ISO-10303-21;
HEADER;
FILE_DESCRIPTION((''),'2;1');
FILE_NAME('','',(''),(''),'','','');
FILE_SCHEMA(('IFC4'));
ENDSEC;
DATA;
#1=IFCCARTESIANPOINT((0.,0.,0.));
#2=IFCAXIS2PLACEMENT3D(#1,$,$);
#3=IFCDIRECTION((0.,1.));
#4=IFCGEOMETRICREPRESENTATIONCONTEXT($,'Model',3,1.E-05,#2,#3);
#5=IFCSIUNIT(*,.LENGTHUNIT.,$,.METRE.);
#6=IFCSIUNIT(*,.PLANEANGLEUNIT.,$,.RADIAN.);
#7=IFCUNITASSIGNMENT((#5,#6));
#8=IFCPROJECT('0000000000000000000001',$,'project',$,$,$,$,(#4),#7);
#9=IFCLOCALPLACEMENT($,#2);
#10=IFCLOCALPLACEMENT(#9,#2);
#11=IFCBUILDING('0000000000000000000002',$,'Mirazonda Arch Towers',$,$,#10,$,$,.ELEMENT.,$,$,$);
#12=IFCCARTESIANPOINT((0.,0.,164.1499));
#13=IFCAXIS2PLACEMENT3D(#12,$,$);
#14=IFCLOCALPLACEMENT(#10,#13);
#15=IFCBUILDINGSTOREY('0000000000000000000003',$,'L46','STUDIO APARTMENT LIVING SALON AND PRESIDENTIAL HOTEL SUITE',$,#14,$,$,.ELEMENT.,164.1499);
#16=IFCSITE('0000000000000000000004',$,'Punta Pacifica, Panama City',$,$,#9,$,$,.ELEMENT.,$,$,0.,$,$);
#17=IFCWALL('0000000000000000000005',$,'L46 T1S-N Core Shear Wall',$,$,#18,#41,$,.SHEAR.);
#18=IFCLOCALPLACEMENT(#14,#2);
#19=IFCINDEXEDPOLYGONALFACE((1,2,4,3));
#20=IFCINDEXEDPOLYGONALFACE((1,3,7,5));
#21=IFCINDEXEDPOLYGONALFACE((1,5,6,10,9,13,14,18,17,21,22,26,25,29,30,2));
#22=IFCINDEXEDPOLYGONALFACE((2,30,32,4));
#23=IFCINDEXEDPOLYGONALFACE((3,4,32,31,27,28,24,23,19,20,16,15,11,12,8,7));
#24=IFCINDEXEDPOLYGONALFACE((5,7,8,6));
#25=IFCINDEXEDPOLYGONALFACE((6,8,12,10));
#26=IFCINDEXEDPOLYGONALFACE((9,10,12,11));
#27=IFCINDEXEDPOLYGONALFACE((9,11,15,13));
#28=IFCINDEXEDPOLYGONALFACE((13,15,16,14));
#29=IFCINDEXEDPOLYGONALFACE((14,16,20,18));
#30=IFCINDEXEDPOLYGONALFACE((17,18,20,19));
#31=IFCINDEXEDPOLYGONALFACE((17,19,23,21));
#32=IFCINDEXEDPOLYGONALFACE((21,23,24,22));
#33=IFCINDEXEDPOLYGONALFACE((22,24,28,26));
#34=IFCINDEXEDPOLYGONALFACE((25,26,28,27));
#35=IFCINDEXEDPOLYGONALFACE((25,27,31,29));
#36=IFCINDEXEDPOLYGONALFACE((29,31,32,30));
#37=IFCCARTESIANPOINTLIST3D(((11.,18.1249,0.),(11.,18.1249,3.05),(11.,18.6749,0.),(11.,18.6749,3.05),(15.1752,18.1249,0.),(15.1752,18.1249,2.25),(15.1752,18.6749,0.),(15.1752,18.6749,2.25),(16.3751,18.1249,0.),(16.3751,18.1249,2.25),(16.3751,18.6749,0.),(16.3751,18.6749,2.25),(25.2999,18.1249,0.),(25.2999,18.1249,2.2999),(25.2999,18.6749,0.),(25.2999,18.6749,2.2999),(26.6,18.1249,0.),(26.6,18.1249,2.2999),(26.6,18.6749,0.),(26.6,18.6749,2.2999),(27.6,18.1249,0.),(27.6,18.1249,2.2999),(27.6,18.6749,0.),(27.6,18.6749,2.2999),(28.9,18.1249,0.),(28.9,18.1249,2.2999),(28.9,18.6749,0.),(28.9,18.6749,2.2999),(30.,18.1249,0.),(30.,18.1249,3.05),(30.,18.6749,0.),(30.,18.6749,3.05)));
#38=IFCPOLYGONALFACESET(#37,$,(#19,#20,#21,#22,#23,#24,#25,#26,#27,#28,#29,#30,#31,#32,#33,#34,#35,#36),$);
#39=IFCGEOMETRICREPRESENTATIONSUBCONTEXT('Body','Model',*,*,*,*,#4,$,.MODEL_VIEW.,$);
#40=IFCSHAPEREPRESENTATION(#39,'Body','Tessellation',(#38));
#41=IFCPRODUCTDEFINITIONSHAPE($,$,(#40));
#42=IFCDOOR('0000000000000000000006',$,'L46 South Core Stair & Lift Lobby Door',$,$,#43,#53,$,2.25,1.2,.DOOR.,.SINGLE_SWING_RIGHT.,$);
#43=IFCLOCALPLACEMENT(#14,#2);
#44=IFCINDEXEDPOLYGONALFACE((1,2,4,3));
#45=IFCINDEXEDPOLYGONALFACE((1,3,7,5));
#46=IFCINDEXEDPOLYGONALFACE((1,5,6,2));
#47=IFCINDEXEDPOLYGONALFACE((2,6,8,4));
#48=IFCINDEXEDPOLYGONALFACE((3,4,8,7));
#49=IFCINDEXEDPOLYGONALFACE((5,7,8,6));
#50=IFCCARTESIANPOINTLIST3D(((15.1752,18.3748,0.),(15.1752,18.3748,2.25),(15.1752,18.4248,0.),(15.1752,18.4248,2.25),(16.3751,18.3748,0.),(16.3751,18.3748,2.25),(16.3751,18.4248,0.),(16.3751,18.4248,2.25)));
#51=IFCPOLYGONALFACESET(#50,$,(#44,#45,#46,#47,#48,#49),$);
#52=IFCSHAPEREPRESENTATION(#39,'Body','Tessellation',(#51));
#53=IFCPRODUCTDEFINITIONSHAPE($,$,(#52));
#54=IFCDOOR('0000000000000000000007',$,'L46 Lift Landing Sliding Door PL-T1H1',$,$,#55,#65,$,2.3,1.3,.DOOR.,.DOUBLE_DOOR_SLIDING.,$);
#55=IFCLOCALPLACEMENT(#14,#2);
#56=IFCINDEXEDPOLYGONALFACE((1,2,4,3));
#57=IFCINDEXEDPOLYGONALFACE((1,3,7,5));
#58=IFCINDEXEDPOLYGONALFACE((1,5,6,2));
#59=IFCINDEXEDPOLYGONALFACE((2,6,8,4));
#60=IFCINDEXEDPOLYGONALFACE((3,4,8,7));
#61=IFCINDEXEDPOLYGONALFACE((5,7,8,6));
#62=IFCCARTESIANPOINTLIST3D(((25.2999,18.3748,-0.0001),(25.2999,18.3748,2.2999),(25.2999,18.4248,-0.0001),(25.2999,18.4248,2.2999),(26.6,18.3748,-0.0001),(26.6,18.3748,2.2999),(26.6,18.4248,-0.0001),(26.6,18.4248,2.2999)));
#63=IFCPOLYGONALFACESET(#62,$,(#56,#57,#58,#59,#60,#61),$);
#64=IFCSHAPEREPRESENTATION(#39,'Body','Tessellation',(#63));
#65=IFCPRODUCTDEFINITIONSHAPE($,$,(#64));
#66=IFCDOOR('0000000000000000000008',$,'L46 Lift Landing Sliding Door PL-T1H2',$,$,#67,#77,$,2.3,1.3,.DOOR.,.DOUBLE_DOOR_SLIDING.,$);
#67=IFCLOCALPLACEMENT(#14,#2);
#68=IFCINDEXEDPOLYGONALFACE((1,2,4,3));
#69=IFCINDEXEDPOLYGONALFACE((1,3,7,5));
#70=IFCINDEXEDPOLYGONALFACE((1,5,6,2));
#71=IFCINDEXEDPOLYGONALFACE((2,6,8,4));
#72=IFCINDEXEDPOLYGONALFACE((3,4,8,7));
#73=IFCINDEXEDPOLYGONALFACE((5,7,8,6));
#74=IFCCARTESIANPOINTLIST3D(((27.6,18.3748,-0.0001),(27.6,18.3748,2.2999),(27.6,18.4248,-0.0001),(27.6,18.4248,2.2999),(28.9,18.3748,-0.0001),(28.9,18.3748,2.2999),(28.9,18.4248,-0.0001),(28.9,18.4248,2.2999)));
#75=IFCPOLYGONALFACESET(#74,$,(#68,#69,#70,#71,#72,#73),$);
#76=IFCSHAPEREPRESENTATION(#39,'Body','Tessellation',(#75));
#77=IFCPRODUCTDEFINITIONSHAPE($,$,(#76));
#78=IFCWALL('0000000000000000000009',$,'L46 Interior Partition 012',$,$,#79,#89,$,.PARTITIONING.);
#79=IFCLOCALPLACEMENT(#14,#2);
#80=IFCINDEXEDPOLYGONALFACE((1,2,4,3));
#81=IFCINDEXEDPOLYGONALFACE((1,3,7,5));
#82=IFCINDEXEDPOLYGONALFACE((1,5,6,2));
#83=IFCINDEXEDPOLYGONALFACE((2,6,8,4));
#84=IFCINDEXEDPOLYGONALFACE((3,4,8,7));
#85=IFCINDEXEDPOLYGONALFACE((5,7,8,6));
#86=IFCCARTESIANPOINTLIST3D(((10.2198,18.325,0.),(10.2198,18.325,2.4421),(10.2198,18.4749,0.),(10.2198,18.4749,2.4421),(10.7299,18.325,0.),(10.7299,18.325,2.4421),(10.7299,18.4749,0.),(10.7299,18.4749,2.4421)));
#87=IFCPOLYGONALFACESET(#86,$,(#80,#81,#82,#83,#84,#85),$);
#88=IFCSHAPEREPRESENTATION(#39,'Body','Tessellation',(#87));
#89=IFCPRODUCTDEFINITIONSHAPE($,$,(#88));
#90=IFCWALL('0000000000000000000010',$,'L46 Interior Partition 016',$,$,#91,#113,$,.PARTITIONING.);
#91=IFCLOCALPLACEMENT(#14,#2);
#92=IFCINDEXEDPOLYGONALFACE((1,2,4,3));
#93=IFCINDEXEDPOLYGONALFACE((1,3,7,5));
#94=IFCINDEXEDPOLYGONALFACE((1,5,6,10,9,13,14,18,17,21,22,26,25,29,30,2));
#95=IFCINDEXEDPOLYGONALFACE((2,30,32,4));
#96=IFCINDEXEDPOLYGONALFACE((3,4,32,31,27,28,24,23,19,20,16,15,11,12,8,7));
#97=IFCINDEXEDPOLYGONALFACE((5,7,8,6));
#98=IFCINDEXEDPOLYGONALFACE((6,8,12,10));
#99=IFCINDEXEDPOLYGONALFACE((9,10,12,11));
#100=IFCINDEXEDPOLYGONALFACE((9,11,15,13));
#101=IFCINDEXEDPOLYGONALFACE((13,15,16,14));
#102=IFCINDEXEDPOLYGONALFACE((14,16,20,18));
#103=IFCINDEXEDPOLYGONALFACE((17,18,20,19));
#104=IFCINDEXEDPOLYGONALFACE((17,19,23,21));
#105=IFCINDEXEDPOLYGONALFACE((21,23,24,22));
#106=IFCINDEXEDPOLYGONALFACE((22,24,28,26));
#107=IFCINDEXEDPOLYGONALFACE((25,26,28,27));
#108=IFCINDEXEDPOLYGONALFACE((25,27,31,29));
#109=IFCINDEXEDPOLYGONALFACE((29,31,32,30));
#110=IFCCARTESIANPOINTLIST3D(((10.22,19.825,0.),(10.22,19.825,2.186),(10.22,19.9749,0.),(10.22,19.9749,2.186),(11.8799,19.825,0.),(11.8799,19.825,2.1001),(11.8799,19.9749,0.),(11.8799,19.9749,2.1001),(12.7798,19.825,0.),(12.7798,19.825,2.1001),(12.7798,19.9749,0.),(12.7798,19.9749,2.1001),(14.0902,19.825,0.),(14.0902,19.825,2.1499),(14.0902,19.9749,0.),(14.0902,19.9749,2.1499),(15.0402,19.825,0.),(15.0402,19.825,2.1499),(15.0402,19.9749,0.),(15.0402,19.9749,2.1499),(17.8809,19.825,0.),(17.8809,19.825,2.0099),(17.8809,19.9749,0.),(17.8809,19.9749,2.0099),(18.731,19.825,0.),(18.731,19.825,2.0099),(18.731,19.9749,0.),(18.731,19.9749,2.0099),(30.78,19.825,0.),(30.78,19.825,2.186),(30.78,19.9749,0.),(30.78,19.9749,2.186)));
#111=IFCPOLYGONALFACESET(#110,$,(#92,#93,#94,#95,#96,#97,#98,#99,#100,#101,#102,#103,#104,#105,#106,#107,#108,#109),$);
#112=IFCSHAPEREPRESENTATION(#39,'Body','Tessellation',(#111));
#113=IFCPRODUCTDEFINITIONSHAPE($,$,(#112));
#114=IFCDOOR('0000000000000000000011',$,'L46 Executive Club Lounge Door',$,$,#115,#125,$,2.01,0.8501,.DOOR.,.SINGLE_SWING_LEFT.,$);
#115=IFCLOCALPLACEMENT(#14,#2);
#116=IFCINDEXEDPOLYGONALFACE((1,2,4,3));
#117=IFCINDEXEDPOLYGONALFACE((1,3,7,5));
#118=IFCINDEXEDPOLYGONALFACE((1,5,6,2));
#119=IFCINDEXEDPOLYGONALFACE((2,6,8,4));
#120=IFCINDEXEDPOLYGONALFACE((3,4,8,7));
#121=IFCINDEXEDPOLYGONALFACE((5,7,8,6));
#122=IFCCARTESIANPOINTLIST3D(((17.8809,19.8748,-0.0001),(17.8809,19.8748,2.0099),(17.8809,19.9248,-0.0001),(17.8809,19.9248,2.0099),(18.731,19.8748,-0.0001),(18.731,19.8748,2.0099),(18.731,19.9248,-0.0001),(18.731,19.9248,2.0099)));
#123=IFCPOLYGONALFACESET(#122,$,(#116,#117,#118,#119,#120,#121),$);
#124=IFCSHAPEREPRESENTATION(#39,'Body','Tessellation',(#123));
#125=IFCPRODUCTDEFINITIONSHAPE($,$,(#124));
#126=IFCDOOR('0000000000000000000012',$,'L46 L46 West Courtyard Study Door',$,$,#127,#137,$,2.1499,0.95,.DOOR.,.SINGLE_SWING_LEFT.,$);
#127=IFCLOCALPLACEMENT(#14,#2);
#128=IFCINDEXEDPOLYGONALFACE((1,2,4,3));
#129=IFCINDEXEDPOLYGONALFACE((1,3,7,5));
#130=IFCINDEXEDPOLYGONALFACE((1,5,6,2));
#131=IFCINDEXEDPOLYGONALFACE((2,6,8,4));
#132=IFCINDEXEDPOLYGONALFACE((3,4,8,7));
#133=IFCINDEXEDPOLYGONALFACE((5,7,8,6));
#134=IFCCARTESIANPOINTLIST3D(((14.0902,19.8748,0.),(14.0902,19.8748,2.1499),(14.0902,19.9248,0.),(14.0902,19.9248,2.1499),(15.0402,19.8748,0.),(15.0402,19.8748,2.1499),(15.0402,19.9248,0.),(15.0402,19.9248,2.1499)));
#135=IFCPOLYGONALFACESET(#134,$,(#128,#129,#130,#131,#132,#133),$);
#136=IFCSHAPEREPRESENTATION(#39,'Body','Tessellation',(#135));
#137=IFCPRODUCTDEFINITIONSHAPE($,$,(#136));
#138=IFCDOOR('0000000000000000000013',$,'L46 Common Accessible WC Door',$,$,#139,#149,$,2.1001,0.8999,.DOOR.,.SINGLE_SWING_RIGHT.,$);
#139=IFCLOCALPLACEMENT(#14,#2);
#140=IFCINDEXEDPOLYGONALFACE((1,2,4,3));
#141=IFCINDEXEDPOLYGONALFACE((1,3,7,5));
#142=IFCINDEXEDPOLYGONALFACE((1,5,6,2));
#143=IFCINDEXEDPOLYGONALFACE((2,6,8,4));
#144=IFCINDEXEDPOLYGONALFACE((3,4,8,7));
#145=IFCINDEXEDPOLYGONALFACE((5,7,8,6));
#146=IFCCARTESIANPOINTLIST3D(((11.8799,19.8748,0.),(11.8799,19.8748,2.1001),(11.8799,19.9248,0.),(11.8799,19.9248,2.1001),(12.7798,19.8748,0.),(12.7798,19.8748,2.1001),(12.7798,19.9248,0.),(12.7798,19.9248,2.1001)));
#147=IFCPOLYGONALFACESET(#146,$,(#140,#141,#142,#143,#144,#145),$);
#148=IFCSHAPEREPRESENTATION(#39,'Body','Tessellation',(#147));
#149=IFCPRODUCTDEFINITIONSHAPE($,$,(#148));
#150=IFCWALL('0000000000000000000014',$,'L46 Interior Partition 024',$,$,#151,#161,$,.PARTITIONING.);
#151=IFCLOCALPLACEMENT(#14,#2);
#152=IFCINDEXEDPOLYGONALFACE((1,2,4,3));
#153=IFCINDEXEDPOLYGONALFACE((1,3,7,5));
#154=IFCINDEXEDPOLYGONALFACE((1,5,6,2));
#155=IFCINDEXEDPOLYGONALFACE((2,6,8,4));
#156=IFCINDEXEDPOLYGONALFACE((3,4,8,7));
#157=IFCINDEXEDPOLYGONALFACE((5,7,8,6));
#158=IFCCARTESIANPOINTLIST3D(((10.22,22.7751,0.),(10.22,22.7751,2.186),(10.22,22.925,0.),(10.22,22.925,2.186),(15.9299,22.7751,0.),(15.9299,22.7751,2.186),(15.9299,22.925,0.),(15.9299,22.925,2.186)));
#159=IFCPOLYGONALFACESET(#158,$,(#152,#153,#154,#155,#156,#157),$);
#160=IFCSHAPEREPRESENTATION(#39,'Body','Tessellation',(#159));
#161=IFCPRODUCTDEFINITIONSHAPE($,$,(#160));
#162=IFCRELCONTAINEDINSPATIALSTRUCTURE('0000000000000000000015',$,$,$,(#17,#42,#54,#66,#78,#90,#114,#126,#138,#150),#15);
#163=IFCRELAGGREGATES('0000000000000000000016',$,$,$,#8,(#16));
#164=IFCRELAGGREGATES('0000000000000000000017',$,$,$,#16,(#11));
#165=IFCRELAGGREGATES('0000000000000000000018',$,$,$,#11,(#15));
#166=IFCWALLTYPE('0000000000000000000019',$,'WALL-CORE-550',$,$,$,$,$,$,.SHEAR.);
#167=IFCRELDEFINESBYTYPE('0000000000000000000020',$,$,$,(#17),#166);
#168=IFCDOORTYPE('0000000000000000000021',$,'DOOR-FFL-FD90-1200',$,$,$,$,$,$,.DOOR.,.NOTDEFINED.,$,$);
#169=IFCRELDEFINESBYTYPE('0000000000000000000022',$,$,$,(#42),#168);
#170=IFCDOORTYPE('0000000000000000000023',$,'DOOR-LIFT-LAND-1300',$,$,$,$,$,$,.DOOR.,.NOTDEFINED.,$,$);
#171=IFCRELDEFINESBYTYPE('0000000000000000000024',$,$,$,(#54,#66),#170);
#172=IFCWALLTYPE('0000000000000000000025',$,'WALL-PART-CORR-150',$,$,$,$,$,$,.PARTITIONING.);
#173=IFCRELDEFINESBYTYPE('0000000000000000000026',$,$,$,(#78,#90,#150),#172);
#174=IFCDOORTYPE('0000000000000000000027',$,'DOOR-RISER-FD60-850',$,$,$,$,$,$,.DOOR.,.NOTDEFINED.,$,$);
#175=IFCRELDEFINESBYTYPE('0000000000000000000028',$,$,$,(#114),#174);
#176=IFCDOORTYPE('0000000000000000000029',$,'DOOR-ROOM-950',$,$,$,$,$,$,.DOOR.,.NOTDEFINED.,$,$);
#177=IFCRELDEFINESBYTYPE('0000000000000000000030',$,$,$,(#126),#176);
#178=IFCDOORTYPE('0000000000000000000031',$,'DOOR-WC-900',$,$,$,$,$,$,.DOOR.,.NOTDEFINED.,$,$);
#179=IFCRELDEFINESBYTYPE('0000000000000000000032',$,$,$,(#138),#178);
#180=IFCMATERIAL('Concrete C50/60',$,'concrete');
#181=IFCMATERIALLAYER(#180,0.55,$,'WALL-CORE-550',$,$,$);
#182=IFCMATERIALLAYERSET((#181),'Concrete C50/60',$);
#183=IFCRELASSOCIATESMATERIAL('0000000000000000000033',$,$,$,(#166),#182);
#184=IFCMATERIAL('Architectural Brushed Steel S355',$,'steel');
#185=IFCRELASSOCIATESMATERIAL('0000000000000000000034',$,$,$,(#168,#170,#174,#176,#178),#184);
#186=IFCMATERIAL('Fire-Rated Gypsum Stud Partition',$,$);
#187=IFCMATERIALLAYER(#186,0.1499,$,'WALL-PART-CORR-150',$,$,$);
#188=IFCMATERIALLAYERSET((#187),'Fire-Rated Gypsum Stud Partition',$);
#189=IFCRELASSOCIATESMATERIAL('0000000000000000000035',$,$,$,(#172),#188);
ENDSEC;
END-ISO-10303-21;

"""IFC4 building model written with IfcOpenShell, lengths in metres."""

from ifc_helpers import new_model, si_unit, direction, frame, frame_2d, origin, place, context, subcontext, project, spatial, rectangle, extrude, material, layer, layer_set, type_object, element, fill, save


model = new_model("IFC4")

# Units and contexts
model_context = context("Model", 3, precision=1e-05, world=origin(), true_north=direction((0.0, 1.0)))
body_context = subcontext(model_context, "Body", "Model", "MODEL_VIEW")
ifc_project = project(units=[si_unit("LENGTHUNIT", "METRE"), si_unit("PLANEANGLEUNIT", "RADIAN")], contexts=[model_context])

# Site, building, storey
site_placement = place(None, origin())
site = spatial("IfcSite", under=ifc_project, at=site_placement, Name="Punta Pacifica, Panama City", CompositionType="ELEMENT", RefElevation=0.0)
building_placement = place(site_placement, origin())
building = spatial("IfcBuilding", under=site, at=building_placement, Name="Mirazonda Arch Towers", CompositionType="ELEMENT")
storey_placement = place(building_placement, frame((0.0, 0.0, 164.1499)))
storey = spatial("IfcBuildingStorey", under=building, at=storey_placement, Name="L46", Description="STUDIO APARTMENT LIVING SALON AND PRESIDENTIAL HOTEL SUITE", CompositionType="ELEMENT", Elevation=164.1499)

# Shared definitions
ifc_material_1 = material(Name="Concrete C50/60", Category="concrete")

# Shared definitions
ifc_material_2 = material(Name="Architectural Brushed Steel S355", Category="steel")

# Wall, openings, doors
ifc_layer_1 = layer(ifc_material_1, 0.55, Name="WALL-CORE-550")
ifc_layer_set_1 = layer_set([ifc_layer_1], Name="Concrete C50/60")
wall_type_1 = type_object("IfcWallType", Name="WALL-CORE-550", PredefinedType="SHEAR", material=ifc_layer_set_1)
wall_1_placement = place(storey_placement, frame((11.0, 18.3999, 0.0), z_axis=(0.0, 0.0, 1.0), x_axis=(1.0, 0.0, 0.0)))
wall_1 = element("IfcWall", 1, at=wall_1_placement, inside=storey, type_object=wall_type_1, Name="L46 T1S-N Core Shear Wall", PredefinedType="SHEAR", context=body_context, shape_type="SweptSolid", body=[
    extrude(rectangle(XDim=19.0, YDim=0.55, at=frame_2d((9.5, 0.0))), origin(), (0.0, 0.0, 1.0), 3.05),
])
opening_1_placement = place(wall_1_placement, frame((4.175, 0.0, 0.0)))
opening_1 = element("IfcOpeningElement", 2, at=opening_1_placement, cuts=wall_1, PredefinedType="OPENING", context=body_context, shape_type="SweptSolid", body=[
    extrude(rectangle(XDim=1.2, YDim=2.25, at=frame_2d((0.6001, 1.125))), frame((0.0, 0.2849, 0.0), z_axis=(0.0, -1.0, 0.0), x_axis=(1.0, 0.0, 0.0)), (0.0, 0.0, 1.0), 0.5701),
])
opening_2_placement = place(wall_1_placement, frame((14.3, 0.0, 0.0)))
opening_2 = element("IfcOpeningElement", 3, at=opening_2_placement, cuts=wall_1, PredefinedType="OPENING", context=body_context, shape_type="SweptSolid", body=[
    extrude(rectangle(XDim=1.3, YDim=2.3, at=frame_2d((0.6499, 1.1499))), frame((0.0, 0.2849, 0.0), z_axis=(0.0, -1.0, 0.0), x_axis=(1.0, 0.0, 0.0)), (0.0, 0.0, 1.0), 0.5701),
])
opening_3_placement = place(wall_1_placement, frame((16.6001, 0.0, 0.0)))
opening_3 = element("IfcOpeningElement", 4, at=opening_3_placement, cuts=wall_1, PredefinedType="OPENING", context=body_context, shape_type="SweptSolid", body=[
    extrude(rectangle(XDim=1.3, YDim=2.3, at=frame_2d((0.6499, 1.1499))), frame((0.0, 0.2849, 0.0), z_axis=(0.0, -1.0, 0.0), x_axis=(1.0, 0.0, 0.0)), (0.0, 0.0, 1.0), 0.5701),
])
door_type_1 = type_object("IfcDoorType", Name="DOOR-FFL-FD90-1200", OperationType="NOTDEFINED", PredefinedType="DOOR", material=ifc_material_2)
door_1_placement = place(opening_1_placement, origin())
door_1 = element("IfcDoor", 5, at=door_1_placement, inside=storey, type_object=door_type_1, Name="L46 South Core Stair & Lift Lobby Door", OperationType="SINGLE_SWING_RIGHT", OverallHeight=2.25, OverallWidth=1.2, PredefinedType="DOOR", context=body_context, shape_type="SweptSolid", body=[
    extrude(rectangle(XDim=1.2, YDim=2.25, at=frame_2d((0.6001, 1.125))), frame((0.0, 0.0249, 0.0), z_axis=(0.0, -1.0, 0.0), x_axis=(1.0, 0.0, 0.0)), (0.0, 0.0, 1.0), 0.05),
])
fill(opening_1, door_1)
door_type_2 = type_object("IfcDoorType", Name="DOOR-LIFT-LAND-1300", OperationType="NOTDEFINED", PredefinedType="DOOR", material=ifc_material_2)
door_2_placement = place(opening_2_placement, origin())
door_2 = element("IfcDoor", 6, at=door_2_placement, inside=storey, type_object=door_type_2, Name="L46 Lift Landing Sliding Door PL-T1H1", OperationType="DOUBLE_DOOR_SLIDING", OverallHeight=2.3, OverallWidth=1.3, PredefinedType="DOOR", context=body_context, shape_type="SweptSolid", body=[
    extrude(rectangle(XDim=1.3, YDim=2.3, at=frame_2d((0.6499, 1.1499))), frame((0.0, 0.0249, 0.0), z_axis=(0.0, -1.0, 0.0), x_axis=(1.0, 0.0, 0.0)), (0.0, 0.0, 1.0), 0.05),
])
fill(opening_2, door_2)
door_3_placement = place(opening_3_placement, origin())
door_3 = element("IfcDoor", 7, at=door_3_placement, inside=storey, type_object=door_type_2, Name="L46 Lift Landing Sliding Door PL-T1H2", OperationType="DOUBLE_DOOR_SLIDING", OverallHeight=2.3, OverallWidth=1.3, PredefinedType="DOOR", context=body_context, shape_type="SweptSolid", body=[
    extrude(rectangle(XDim=1.3, YDim=2.3, at=frame_2d((0.6499, 1.1499))), frame((0.0, 0.0249, 0.0), z_axis=(0.0, -1.0, 0.0), x_axis=(1.0, 0.0, 0.0)), (0.0, 0.0, 1.0), 0.05),
])
fill(opening_3, door_3)

# Wall
ifc_material_3 = material(Name="Fire-Rated Gypsum Stud Partition")
ifc_layer_2 = layer(ifc_material_3, 0.1499, Name="WALL-PART-CORR-150")
ifc_layer_set_2 = layer_set([ifc_layer_2], Name="Fire-Rated Gypsum Stud Partition")
wall_type_2 = type_object("IfcWallType", Name="WALL-PART-CORR-150", PredefinedType="PARTITIONING", material=ifc_layer_set_2)
wall_2_placement = place(storey_placement, frame((10.22, 18.3999, 0.0), z_axis=(0.0, 0.0, 1.0), x_axis=(1.0, 0.0, 0.0)))
element("IfcWall", 8, at=wall_2_placement, inside=storey, type_object=wall_type_2, Name="L46 Interior Partition 012", PredefinedType="PARTITIONING", context=body_context, shape_type="SweptSolid", body=[
    extrude(rectangle(XDim=0.51, YDim=0.1499, at=frame_2d((0.2549, 0.0))), origin(), (0.0, 0.0, 1.0), 2.4421),
])

# Wall, openings, doors
wall_3_placement = place(storey_placement, frame((10.22, 19.8999, 0.0), z_axis=(0.0, 0.0, 1.0), x_axis=(1.0, 0.0, 0.0)))
wall_3 = element("IfcWall", 9, at=wall_3_placement, inside=storey, type_object=wall_type_2, Name="L46 Interior Partition 016", PredefinedType="PARTITIONING", context=body_context, shape_type="SweptSolid", body=[
    extrude(rectangle(XDim=20.5601, YDim=0.1499, at=frame_2d((10.28, 0.0))), origin(), (0.0, 0.0, 1.0), 2.186),
])
opening_4_placement = place(wall_3_placement, frame((1.6599, 0.0, 0.0)))
opening_4 = element("IfcOpeningElement", 10, at=opening_4_placement, cuts=wall_3, PredefinedType="OPENING", context=body_context, shape_type="SweptSolid", body=[
    extrude(rectangle(XDim=0.8999, YDim=2.1001, at=frame_2d((0.45, 1.05))), frame((0.0, 0.085, 0.0), z_axis=(0.0, -1.0, 0.0), x_axis=(1.0, 0.0, 0.0)), (0.0, 0.0, 1.0), 0.1699),
])
opening_5_placement = place(wall_3_placement, frame((3.8701, 0.0, 0.0)))
opening_5 = element("IfcOpeningElement", 11, at=opening_5_placement, cuts=wall_3, PredefinedType="OPENING", context=body_context, shape_type="SweptSolid", body=[
    extrude(rectangle(XDim=0.95, YDim=2.1499, at=frame_2d((0.4751, 1.075))), frame((0.0, 0.085, 0.0), z_axis=(0.0, -1.0, 0.0), x_axis=(1.0, 0.0, 0.0)), (0.0, 0.0, 1.0), 0.1699),
])
opening_6_placement = place(wall_3_placement, frame((7.6609, 0.0, 0.0)))
opening_6 = element("IfcOpeningElement", 12, at=opening_6_placement, cuts=wall_3, PredefinedType="OPENING", context=body_context, shape_type="SweptSolid", body=[
    extrude(rectangle(XDim=0.8501, YDim=2.01, at=frame_2d((0.425, 1.0049))), frame((0.0, 0.085, 0.0), z_axis=(0.0, -1.0, 0.0), x_axis=(1.0, 0.0, 0.0)), (0.0, 0.0, 1.0), 0.1699),
])
door_type_3 = type_object("IfcDoorType", Name="DOOR-RISER-FD60-850", OperationType="NOTDEFINED", PredefinedType="DOOR", material=ifc_material_2)
door_4_placement = place(opening_6_placement, origin())
door_4 = element("IfcDoor", 13, at=door_4_placement, inside=storey, type_object=door_type_3, Name="L46 Executive Club Lounge Door", OperationType="SINGLE_SWING_LEFT", OverallHeight=2.01, OverallWidth=0.8501, PredefinedType="DOOR", context=body_context, shape_type="SweptSolid", body=[
    extrude(rectangle(XDim=0.8501, YDim=2.01, at=frame_2d((0.425, 1.0049))), frame((0.0, 0.0249, 0.0), z_axis=(0.0, -1.0, 0.0), x_axis=(1.0, 0.0, 0.0)), (0.0, 0.0, 1.0), 0.05),
])
fill(opening_6, door_4)
door_type_4 = type_object("IfcDoorType", Name="DOOR-ROOM-950", OperationType="NOTDEFINED", PredefinedType="DOOR", material=ifc_material_2)
door_5_placement = place(opening_5_placement, origin())
door_5 = element("IfcDoor", 14, at=door_5_placement, inside=storey, type_object=door_type_4, Name="L46 L46 West Courtyard Study Door", OperationType="SINGLE_SWING_LEFT", OverallHeight=2.1499, OverallWidth=0.95, PredefinedType="DOOR", context=body_context, shape_type="SweptSolid", body=[
    extrude(rectangle(XDim=0.95, YDim=2.1499, at=frame_2d((0.4751, 1.075))), frame((0.0, 0.0249, 0.0), z_axis=(0.0, -1.0, 0.0), x_axis=(1.0, 0.0, 0.0)), (0.0, 0.0, 1.0), 0.05),
])
fill(opening_5, door_5)
door_type_5 = type_object("IfcDoorType", Name="DOOR-WC-900", OperationType="NOTDEFINED", PredefinedType="DOOR", material=ifc_material_2)
door_6_placement = place(opening_4_placement, origin())
door_6 = element("IfcDoor", 15, at=door_6_placement, inside=storey, type_object=door_type_5, Name="L46 Common Accessible WC Door", OperationType="SINGLE_SWING_RIGHT", OverallHeight=2.1001, OverallWidth=0.8999, PredefinedType="DOOR", context=body_context, shape_type="SweptSolid", body=[
    extrude(rectangle(XDim=0.8999, YDim=2.1001, at=frame_2d((0.45, 1.05))), frame((0.0, 0.0249, 0.0), z_axis=(0.0, -1.0, 0.0), x_axis=(1.0, 0.0, 0.0)), (0.0, 0.0, 1.0), 0.05),
])
fill(opening_4, door_6)

# Wall
wall_4_placement = place(storey_placement, frame((10.22, 22.8501, 0.0), z_axis=(0.0, 0.0, 1.0), x_axis=(1.0, 0.0, 0.0)))
element("IfcWall", 16, at=wall_4_placement, inside=storey, type_object=wall_type_2, Name="L46 Interior Partition 024", PredefinedType="PARTITIONING", context=body_context, shape_type="SweptSolid", body=[
    extrude(rectangle(XDim=5.71, YDim=0.1499, at=frame_2d((2.855, 0.0))), origin(), (0.0, 0.0, 1.0), 2.186),
])

save(model, "model.ifc")
